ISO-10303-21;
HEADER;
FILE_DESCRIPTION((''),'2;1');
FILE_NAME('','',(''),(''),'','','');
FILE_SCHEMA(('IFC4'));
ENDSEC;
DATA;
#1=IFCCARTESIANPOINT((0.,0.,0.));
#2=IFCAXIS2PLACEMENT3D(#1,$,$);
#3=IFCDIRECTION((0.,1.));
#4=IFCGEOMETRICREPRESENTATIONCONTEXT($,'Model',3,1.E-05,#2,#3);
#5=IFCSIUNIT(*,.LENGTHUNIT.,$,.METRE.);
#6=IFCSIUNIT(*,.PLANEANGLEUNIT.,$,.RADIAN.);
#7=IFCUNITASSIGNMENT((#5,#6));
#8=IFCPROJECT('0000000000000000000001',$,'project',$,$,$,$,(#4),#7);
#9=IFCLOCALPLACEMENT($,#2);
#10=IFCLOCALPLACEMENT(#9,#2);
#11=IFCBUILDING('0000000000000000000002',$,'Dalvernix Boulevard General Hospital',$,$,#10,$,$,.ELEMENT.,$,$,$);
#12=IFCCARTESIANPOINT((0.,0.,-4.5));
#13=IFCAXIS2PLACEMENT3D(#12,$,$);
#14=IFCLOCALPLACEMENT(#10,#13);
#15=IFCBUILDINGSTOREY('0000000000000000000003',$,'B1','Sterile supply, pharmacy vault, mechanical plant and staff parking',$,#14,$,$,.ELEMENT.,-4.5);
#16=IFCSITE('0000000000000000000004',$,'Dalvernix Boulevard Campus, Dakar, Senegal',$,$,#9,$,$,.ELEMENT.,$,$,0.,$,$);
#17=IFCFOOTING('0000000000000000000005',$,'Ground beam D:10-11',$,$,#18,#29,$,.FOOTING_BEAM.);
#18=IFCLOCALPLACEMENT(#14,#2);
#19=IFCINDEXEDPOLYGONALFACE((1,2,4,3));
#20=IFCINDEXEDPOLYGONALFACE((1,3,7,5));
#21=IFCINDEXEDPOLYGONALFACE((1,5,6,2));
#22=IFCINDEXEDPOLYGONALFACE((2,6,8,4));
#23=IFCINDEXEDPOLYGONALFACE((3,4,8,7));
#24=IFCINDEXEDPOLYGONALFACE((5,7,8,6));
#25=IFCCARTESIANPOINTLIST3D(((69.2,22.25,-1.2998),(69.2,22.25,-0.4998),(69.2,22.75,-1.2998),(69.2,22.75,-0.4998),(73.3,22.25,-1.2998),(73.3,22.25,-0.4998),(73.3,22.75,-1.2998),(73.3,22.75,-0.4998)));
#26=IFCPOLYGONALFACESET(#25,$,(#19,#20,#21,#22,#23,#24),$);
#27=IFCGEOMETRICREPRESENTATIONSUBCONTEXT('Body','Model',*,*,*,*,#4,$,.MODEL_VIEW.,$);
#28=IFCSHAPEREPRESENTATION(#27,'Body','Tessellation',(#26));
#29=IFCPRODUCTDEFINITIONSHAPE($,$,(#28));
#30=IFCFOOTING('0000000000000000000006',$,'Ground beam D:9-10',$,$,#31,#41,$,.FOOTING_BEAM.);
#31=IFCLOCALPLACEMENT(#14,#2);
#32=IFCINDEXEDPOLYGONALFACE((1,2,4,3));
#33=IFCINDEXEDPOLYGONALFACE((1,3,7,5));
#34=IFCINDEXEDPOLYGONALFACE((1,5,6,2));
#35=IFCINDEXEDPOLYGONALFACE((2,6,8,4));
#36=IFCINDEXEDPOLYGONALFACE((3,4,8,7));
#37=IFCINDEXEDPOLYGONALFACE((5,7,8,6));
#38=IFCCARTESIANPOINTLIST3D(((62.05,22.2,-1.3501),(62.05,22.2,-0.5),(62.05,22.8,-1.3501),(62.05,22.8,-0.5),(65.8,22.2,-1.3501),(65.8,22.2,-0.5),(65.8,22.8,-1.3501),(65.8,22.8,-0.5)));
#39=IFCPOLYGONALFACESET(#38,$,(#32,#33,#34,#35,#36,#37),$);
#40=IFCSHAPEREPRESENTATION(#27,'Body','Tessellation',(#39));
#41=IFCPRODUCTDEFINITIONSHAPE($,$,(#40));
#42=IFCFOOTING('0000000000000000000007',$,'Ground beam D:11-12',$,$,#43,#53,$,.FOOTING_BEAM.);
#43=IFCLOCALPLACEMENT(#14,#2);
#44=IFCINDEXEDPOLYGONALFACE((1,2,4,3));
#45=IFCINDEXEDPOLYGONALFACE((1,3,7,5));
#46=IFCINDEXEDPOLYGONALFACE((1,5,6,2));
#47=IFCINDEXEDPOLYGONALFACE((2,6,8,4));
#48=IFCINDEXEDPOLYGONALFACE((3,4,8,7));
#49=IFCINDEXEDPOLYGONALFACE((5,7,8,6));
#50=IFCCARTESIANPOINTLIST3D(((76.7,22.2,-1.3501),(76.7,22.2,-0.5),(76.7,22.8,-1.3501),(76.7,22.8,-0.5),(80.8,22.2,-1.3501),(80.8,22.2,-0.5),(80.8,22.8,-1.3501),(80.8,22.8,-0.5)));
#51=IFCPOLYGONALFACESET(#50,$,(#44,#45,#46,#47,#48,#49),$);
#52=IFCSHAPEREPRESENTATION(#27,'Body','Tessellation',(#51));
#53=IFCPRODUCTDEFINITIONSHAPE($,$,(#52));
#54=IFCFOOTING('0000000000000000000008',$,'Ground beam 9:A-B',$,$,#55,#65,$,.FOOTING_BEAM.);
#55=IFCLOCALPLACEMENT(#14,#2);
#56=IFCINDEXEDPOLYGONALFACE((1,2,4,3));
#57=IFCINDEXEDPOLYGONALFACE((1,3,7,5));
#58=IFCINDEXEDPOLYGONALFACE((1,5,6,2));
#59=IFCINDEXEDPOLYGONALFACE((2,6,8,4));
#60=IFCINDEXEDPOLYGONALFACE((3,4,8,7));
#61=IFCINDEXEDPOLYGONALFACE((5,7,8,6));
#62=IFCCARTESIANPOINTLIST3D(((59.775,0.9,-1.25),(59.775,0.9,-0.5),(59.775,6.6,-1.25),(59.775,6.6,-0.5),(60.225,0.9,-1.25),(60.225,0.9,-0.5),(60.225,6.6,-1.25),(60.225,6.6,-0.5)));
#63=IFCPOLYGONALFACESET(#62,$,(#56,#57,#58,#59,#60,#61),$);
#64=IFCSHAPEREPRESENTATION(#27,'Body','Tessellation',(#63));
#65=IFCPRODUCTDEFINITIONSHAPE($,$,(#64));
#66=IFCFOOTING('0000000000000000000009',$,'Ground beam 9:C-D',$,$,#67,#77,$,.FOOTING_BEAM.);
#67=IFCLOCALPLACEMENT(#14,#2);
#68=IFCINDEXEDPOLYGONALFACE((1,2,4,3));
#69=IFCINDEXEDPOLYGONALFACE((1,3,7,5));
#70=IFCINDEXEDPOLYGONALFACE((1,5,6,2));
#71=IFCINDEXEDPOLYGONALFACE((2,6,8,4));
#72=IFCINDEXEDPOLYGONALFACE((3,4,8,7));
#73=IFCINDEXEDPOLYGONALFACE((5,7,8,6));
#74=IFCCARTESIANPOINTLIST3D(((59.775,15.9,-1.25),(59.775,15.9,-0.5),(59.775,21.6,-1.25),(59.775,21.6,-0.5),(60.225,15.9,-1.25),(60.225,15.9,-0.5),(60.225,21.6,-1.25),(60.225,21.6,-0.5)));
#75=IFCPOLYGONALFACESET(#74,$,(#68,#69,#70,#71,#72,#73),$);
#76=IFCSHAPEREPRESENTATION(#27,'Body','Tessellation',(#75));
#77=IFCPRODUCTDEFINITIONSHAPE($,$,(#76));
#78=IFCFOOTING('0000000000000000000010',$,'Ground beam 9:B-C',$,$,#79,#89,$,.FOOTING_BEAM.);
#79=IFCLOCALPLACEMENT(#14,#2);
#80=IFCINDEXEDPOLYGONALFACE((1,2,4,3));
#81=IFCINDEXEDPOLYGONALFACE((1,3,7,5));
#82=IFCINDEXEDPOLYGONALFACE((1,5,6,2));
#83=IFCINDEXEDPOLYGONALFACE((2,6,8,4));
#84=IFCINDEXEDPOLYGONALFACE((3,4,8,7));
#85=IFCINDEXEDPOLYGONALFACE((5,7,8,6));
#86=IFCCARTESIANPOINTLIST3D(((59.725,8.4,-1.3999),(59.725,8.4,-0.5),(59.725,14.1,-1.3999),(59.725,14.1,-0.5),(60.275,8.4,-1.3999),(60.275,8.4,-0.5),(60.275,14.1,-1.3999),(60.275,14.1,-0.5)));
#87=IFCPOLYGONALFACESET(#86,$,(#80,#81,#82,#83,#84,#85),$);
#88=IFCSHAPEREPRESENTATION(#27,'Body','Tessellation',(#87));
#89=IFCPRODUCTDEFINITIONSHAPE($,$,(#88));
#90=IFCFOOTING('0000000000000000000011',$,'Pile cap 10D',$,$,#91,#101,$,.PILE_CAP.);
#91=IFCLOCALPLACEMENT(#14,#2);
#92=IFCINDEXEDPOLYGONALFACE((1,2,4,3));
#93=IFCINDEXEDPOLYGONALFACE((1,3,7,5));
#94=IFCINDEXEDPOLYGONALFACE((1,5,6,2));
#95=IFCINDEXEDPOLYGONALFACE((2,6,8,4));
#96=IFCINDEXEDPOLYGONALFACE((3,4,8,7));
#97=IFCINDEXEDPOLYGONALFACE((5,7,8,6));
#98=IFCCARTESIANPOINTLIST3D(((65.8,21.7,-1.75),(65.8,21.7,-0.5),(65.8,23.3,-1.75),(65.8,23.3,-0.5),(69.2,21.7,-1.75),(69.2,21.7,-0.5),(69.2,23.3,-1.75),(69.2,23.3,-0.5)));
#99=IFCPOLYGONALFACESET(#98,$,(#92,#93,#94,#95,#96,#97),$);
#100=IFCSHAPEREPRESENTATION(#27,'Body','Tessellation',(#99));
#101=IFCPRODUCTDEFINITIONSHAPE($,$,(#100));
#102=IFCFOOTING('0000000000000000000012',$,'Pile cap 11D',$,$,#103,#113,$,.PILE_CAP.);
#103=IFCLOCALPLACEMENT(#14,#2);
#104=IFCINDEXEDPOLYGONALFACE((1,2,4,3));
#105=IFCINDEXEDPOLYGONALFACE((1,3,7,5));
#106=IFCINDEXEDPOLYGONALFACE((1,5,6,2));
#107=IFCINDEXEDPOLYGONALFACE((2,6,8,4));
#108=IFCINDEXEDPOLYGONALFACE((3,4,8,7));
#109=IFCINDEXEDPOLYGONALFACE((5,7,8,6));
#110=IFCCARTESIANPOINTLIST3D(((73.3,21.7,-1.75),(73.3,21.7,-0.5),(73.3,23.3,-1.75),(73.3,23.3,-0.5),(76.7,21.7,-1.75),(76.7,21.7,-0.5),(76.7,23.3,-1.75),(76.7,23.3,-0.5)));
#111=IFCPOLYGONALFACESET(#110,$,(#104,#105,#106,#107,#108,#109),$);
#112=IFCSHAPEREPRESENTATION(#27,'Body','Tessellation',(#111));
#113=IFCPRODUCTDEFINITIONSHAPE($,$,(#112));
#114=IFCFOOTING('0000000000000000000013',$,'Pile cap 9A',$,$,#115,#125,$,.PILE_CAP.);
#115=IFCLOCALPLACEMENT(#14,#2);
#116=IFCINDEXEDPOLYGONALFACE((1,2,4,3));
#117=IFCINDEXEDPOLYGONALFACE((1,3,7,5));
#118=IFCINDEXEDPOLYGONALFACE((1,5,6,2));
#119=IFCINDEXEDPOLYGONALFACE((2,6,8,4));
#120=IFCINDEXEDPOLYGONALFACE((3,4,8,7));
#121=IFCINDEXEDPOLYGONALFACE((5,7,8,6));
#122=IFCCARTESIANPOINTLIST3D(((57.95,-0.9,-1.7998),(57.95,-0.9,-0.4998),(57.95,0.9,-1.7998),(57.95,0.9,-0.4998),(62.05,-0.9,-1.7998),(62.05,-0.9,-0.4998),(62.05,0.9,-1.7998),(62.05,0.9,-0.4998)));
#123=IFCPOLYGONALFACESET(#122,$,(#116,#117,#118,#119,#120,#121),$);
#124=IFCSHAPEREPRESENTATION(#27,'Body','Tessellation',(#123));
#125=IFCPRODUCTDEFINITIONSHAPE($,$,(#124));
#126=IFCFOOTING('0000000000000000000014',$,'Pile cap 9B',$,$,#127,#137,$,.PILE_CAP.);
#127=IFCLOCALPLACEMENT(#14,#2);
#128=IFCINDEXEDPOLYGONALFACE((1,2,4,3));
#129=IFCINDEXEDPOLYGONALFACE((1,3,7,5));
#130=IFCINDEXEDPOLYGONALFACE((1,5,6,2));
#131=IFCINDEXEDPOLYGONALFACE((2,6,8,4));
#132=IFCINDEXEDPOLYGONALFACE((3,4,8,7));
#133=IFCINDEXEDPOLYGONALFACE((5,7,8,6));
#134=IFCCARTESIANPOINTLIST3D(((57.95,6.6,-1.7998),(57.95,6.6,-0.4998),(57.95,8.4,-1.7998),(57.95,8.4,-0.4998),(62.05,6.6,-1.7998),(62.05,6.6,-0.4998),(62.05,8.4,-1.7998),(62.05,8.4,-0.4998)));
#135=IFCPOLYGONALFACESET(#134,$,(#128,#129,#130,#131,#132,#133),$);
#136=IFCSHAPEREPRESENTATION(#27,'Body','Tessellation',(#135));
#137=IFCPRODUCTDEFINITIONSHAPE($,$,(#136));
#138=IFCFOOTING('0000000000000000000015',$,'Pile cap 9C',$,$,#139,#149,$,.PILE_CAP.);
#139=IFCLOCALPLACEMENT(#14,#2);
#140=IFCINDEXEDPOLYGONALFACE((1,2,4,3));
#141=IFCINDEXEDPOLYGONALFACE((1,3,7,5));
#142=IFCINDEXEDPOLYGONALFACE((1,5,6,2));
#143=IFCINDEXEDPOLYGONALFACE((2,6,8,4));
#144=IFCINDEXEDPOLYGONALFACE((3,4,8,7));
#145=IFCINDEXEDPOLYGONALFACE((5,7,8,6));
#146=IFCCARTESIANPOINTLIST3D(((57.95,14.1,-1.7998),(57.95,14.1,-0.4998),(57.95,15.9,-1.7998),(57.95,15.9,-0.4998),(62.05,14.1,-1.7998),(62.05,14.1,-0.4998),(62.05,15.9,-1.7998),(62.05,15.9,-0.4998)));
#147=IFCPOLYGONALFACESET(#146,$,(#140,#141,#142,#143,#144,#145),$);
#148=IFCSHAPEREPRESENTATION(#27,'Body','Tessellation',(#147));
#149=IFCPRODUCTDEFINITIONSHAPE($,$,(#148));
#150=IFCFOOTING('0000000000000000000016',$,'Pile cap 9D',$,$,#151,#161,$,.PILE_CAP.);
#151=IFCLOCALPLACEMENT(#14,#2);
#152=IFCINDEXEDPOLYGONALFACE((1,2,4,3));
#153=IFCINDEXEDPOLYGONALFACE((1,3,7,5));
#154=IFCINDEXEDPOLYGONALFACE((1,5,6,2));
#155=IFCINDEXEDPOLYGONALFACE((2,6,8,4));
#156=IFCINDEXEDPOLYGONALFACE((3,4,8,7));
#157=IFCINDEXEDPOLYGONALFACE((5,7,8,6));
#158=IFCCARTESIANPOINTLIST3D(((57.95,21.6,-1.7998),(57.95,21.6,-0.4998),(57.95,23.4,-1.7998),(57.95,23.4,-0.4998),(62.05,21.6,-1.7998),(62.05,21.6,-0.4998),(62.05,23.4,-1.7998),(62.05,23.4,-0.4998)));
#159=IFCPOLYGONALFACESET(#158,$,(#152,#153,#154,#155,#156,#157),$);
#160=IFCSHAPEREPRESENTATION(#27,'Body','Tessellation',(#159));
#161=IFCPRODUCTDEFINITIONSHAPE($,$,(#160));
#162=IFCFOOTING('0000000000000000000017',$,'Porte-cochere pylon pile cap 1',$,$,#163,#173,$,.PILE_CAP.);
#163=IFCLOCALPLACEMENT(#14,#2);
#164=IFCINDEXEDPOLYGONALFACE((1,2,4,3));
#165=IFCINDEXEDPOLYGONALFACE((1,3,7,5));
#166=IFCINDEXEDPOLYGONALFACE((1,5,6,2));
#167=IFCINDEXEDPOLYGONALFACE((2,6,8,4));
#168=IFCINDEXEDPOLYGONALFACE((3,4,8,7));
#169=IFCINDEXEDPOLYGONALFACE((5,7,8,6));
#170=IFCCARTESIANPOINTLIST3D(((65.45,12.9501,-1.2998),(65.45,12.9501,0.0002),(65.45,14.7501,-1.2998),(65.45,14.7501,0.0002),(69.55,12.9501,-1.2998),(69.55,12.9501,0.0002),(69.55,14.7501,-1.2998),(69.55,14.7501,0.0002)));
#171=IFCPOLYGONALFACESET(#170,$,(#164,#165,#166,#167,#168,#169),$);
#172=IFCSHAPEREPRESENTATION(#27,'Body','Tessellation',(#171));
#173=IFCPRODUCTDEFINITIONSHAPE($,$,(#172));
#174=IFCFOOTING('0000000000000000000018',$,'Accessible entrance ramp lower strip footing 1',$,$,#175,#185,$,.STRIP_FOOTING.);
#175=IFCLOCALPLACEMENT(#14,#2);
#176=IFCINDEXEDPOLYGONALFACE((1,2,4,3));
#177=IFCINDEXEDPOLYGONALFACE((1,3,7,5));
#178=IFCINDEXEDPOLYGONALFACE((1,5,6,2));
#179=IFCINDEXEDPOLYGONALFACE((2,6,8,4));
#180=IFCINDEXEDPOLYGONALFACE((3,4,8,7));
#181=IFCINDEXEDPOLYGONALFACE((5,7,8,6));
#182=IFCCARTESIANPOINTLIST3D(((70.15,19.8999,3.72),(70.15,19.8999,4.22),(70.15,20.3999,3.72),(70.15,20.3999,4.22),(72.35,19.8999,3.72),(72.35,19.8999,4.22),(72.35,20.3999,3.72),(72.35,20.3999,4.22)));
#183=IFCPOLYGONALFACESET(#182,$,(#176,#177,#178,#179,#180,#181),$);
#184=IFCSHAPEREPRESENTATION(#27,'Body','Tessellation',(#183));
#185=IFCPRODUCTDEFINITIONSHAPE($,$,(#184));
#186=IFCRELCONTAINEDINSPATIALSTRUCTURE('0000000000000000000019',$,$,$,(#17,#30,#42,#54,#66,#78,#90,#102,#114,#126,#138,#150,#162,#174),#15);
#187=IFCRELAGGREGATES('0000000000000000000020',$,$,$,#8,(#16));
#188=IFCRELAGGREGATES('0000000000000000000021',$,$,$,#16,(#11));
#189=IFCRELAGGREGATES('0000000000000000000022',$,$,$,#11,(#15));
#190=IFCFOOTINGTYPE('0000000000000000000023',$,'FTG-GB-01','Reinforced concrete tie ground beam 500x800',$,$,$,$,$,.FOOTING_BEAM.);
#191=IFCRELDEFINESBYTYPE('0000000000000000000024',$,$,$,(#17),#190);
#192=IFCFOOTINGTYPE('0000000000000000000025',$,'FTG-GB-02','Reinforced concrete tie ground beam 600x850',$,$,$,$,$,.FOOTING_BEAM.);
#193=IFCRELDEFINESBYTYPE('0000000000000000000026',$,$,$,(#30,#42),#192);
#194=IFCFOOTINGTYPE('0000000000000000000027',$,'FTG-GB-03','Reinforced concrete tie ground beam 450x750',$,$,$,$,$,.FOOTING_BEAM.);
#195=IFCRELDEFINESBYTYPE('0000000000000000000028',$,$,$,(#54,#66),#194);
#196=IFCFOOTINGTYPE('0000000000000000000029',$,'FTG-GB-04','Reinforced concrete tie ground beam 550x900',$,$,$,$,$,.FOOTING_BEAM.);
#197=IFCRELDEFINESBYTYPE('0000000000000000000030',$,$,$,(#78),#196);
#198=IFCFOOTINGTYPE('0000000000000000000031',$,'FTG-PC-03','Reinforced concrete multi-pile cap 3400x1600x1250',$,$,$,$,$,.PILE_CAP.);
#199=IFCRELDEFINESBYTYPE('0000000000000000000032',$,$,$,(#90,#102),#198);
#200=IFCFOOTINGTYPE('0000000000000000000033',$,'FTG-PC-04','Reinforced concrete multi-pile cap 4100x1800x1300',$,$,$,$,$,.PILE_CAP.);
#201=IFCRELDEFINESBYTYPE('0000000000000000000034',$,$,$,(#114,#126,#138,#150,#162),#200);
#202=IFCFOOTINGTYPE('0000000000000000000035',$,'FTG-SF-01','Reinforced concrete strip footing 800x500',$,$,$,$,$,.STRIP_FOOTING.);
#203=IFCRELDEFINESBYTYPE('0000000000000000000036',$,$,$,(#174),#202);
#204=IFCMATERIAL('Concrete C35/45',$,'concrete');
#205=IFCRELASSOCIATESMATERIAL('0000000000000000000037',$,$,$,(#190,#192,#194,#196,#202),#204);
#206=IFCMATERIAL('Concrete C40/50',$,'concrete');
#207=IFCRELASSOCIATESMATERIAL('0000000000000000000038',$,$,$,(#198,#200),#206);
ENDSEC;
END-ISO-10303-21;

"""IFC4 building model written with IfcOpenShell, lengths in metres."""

from ifc_helpers import new_model, si_unit, direction, frame, origin, origin_2d, place, context, subcontext, project, spatial, rectangle, extrude, material, type_object, element, save


model = new_model("IFC4")

# Units and contexts
model_context = context("Model", 3, precision=1e-05, world=origin(), true_north=direction((0.0, 1.0)))
body_context = subcontext(model_context, "Body", "Model", "MODEL_VIEW")
ifc_project = project(units=[si_unit("LENGTHUNIT", "METRE"), si_unit("PLANEANGLEUNIT", "RADIAN")], contexts=[model_context])

# Site, building, storey
site_placement = place(None, origin())
site = spatial("IfcSite", under=ifc_project, at=site_placement, Name="Dalvernix Boulevard Campus, Dakar, Senegal", CompositionType="ELEMENT", RefElevation=0.0)
building_placement = place(site_placement, origin())
building = spatial("IfcBuilding", under=site, at=building_placement, Name="Dalvernix Boulevard General Hospital", CompositionType="ELEMENT")
storey_placement = place(building_placement, frame((0.0, 0.0, -4.5)))
storey = spatial("IfcBuildingStorey", under=building, at=storey_placement, Name="B1", Description="Sterile supply, pharmacy vault, mechanical plant and staff parking", CompositionType="ELEMENT", Elevation=-4.5)

# Footings
ifc_material_1 = material(Name="Concrete C35/45", Category="concrete")
footing_type_1 = type_object("IfcFootingType", Name="FTG-GB-01", Description="Reinforced concrete tie ground beam 500x800", PredefinedType="FOOTING_BEAM", material=ifc_material_1)
footing_1_placement = place(storey_placement, frame((71.25, 22.5, -1.2998), z_axis=(0.0, 0.0, 1.0), x_axis=(1.0, 0.0, 0.0)))
element("IfcFooting", 1, at=footing_1_placement, inside=storey, type_object=footing_type_1, Name="Ground beam D:10-11", PredefinedType="FOOTING_BEAM", context=body_context, shape_type="SweptSolid", body=[
    extrude(rectangle(XDim=4.1001, YDim=0.5, at=origin_2d()), origin(), (0.0, 0.0, 1.0), 0.8),
])
footing_type_2 = type_object("IfcFootingType", Name="FTG-GB-02", Description="Reinforced concrete tie ground beam 600x850", PredefinedType="FOOTING_BEAM", material=ifc_material_1)
footing_2_placement = place(storey_placement, frame((63.925, 22.5, -1.3501), z_axis=(0.0, 0.0, 1.0), x_axis=(1.0, 0.0, 0.0)))
element("IfcFooting", 2, at=footing_2_placement, inside=storey, type_object=footing_type_2, Name="Ground beam D:9-10", PredefinedType="FOOTING_BEAM", context=body_context, shape_type="SweptSolid", body=[
    extrude(rectangle(XDim=3.75, YDim=0.6001, at=origin_2d()), origin(), (0.0, 0.0, 1.0), 0.8501),
])
footing_3_placement = place(storey_placement, frame((78.75, 22.5, -1.3501), z_axis=(0.0, 0.0, 1.0), x_axis=(1.0, 0.0, 0.0)))
element("IfcFooting", 3, at=footing_3_placement, inside=storey, type_object=footing_type_2, Name="Ground beam D:11-12", PredefinedType="FOOTING_BEAM", context=body_context, shape_type="SweptSolid", body=[
    extrude(rectangle(XDim=4.1001, YDim=0.6001, at=origin_2d()), origin(), (0.0, 0.0, 1.0), 0.8501),
])
footing_type_3 = type_object("IfcFootingType", Name="FTG-GB-03", Description="Reinforced concrete tie ground beam 450x750", PredefinedType="FOOTING_BEAM", material=ifc_material_1)
for number, where, z_axis, x_axis, name in (
    (4, (60.0, 3.75, -1.25), (0.0, 0.0, 1.0), (0.0, 1.0, 0.0), "Ground beam 9:A-B"),
    (5, (60.0, 18.75, -1.25), (0.0, 0.0, 1.0), (0.0, 1.0, 0.0), "Ground beam 9:C-D"),
):
    element("IfcFooting", number, at=place(storey_placement, frame(where, z_axis=z_axis, x_axis=x_axis)), inside=storey, type_object=footing_type_3, Name=name, PredefinedType="FOOTING_BEAM", context=body_context, shape_type="SweptSolid", body=[
        extrude(rectangle(XDim=5.7, YDim=0.45, at=origin_2d()), origin(), (0.0, 0.0, 1.0), 0.75),
    ])
footing_type_4 = type_object("IfcFootingType", Name="FTG-GB-04", Description="Reinforced concrete tie ground beam 550x900", PredefinedType="FOOTING_BEAM", material=ifc_material_1)
footing_4_placement = place(storey_placement, frame((60.0, 11.25, -1.3999), z_axis=(0.0, 0.0, 1.0), x_axis=(0.0, 1.0, 0.0)))
element("IfcFooting", 6, at=footing_4_placement, inside=storey, type_object=footing_type_4, Name="Ground beam 9:B-C", PredefinedType="FOOTING_BEAM", context=body_context, shape_type="SweptSolid", body=[
    extrude(rectangle(XDim=5.7, YDim=0.55, at=origin_2d()), origin(), (0.0, 0.0, 1.0), 0.8999),
])
ifc_material_2 = material(Name="Concrete C40/50", Category="concrete")
footing_type_5 = type_object("IfcFootingType", Name="FTG-PC-03", Description="Reinforced concrete multi-pile cap 3400x1600x1250", PredefinedType="PILE_CAP", material=ifc_material_2)
for number, where, z_axis, x_axis, name in (
    (7, (67.5, 22.5, -1.75), (0.0, 0.0, 1.0), (1.0, 0.0, 0.0), "Pile cap 10D"),
    (8, (75.0, 22.5, -1.75), (0.0, 0.0, 1.0), (1.0, 0.0, 0.0), "Pile cap 11D"),
):
    element("IfcFooting", number, at=place(storey_placement, frame(where, z_axis=z_axis, x_axis=x_axis)), inside=storey, type_object=footing_type_5, Name=name, PredefinedType="PILE_CAP", context=body_context, shape_type="SweptSolid", body=[
        extrude(rectangle(XDim=3.3999, YDim=1.6001, at=origin_2d()), origin(), (0.0, 0.0, 1.0), 1.25),
    ])
footing_type_6 = type_object("IfcFootingType", Name="FTG-PC-04", Description="Reinforced concrete multi-pile cap 4100x1800x1300", PredefinedType="PILE_CAP", material=ifc_material_2)
for number, where, z_axis, x_axis, name in (
    (9, (60.0, 0.0, -1.7998), (0.0, 0.0, 1.0), (1.0, 0.0, 0.0), "Pile cap 9A"),
    (10, (60.0, 7.5, -1.7998), (0.0, 0.0, 1.0), (1.0, 0.0, 0.0), "Pile cap 9B"),
    (11, (60.0, 15.0, -1.7998), (0.0, 0.0, 1.0), (1.0, 0.0, 0.0), "Pile cap 9C"),
    (12, (60.0, 22.5, -1.7998), (0.0, 0.0, 1.0), (1.0, 0.0, 0.0), "Pile cap 9D"),
    (13, (67.5, 13.8501, -1.2998), (0.0, 0.0, 1.0), (1.0, 0.0, 0.0), "Porte-cochere pylon pile cap 1"),
):
    element("IfcFooting", number, at=place(storey_placement, frame(where, z_axis=z_axis, x_axis=x_axis)), inside=storey, type_object=footing_type_6, Name=name, PredefinedType="PILE_CAP", context=body_context, shape_type="SweptSolid", body=[
        extrude(rectangle(XDim=4.1001, YDim=1.8, at=origin_2d()), origin(), (0.0, 0.0, 1.0), 1.3),
    ])
footing_type_7 = type_object("IfcFootingType", Name="FTG-SF-01", Description="Reinforced concrete strip footing 800x500", PredefinedType="STRIP_FOOTING", material=ifc_material_1)
footing_5_placement = place(storey_placement, frame((71.25, 20.1499, 3.72), z_axis=(0.0, 0.0, 1.0), x_axis=(0.0, 1.0, 0.0)))
element("IfcFooting", 14, at=footing_5_placement, inside=storey, type_object=footing_type_7, Name="Accessible entrance ramp lower strip footing 1", PredefinedType="STRIP_FOOTING", context=body_context, shape_type="SweptSolid", body=[
    extrude(rectangle(XDim=0.5, YDim=2.2, at=origin_2d()), origin(), (0.0, 0.0, 1.0), 0.5),
])

save(model, "model.ifc")
